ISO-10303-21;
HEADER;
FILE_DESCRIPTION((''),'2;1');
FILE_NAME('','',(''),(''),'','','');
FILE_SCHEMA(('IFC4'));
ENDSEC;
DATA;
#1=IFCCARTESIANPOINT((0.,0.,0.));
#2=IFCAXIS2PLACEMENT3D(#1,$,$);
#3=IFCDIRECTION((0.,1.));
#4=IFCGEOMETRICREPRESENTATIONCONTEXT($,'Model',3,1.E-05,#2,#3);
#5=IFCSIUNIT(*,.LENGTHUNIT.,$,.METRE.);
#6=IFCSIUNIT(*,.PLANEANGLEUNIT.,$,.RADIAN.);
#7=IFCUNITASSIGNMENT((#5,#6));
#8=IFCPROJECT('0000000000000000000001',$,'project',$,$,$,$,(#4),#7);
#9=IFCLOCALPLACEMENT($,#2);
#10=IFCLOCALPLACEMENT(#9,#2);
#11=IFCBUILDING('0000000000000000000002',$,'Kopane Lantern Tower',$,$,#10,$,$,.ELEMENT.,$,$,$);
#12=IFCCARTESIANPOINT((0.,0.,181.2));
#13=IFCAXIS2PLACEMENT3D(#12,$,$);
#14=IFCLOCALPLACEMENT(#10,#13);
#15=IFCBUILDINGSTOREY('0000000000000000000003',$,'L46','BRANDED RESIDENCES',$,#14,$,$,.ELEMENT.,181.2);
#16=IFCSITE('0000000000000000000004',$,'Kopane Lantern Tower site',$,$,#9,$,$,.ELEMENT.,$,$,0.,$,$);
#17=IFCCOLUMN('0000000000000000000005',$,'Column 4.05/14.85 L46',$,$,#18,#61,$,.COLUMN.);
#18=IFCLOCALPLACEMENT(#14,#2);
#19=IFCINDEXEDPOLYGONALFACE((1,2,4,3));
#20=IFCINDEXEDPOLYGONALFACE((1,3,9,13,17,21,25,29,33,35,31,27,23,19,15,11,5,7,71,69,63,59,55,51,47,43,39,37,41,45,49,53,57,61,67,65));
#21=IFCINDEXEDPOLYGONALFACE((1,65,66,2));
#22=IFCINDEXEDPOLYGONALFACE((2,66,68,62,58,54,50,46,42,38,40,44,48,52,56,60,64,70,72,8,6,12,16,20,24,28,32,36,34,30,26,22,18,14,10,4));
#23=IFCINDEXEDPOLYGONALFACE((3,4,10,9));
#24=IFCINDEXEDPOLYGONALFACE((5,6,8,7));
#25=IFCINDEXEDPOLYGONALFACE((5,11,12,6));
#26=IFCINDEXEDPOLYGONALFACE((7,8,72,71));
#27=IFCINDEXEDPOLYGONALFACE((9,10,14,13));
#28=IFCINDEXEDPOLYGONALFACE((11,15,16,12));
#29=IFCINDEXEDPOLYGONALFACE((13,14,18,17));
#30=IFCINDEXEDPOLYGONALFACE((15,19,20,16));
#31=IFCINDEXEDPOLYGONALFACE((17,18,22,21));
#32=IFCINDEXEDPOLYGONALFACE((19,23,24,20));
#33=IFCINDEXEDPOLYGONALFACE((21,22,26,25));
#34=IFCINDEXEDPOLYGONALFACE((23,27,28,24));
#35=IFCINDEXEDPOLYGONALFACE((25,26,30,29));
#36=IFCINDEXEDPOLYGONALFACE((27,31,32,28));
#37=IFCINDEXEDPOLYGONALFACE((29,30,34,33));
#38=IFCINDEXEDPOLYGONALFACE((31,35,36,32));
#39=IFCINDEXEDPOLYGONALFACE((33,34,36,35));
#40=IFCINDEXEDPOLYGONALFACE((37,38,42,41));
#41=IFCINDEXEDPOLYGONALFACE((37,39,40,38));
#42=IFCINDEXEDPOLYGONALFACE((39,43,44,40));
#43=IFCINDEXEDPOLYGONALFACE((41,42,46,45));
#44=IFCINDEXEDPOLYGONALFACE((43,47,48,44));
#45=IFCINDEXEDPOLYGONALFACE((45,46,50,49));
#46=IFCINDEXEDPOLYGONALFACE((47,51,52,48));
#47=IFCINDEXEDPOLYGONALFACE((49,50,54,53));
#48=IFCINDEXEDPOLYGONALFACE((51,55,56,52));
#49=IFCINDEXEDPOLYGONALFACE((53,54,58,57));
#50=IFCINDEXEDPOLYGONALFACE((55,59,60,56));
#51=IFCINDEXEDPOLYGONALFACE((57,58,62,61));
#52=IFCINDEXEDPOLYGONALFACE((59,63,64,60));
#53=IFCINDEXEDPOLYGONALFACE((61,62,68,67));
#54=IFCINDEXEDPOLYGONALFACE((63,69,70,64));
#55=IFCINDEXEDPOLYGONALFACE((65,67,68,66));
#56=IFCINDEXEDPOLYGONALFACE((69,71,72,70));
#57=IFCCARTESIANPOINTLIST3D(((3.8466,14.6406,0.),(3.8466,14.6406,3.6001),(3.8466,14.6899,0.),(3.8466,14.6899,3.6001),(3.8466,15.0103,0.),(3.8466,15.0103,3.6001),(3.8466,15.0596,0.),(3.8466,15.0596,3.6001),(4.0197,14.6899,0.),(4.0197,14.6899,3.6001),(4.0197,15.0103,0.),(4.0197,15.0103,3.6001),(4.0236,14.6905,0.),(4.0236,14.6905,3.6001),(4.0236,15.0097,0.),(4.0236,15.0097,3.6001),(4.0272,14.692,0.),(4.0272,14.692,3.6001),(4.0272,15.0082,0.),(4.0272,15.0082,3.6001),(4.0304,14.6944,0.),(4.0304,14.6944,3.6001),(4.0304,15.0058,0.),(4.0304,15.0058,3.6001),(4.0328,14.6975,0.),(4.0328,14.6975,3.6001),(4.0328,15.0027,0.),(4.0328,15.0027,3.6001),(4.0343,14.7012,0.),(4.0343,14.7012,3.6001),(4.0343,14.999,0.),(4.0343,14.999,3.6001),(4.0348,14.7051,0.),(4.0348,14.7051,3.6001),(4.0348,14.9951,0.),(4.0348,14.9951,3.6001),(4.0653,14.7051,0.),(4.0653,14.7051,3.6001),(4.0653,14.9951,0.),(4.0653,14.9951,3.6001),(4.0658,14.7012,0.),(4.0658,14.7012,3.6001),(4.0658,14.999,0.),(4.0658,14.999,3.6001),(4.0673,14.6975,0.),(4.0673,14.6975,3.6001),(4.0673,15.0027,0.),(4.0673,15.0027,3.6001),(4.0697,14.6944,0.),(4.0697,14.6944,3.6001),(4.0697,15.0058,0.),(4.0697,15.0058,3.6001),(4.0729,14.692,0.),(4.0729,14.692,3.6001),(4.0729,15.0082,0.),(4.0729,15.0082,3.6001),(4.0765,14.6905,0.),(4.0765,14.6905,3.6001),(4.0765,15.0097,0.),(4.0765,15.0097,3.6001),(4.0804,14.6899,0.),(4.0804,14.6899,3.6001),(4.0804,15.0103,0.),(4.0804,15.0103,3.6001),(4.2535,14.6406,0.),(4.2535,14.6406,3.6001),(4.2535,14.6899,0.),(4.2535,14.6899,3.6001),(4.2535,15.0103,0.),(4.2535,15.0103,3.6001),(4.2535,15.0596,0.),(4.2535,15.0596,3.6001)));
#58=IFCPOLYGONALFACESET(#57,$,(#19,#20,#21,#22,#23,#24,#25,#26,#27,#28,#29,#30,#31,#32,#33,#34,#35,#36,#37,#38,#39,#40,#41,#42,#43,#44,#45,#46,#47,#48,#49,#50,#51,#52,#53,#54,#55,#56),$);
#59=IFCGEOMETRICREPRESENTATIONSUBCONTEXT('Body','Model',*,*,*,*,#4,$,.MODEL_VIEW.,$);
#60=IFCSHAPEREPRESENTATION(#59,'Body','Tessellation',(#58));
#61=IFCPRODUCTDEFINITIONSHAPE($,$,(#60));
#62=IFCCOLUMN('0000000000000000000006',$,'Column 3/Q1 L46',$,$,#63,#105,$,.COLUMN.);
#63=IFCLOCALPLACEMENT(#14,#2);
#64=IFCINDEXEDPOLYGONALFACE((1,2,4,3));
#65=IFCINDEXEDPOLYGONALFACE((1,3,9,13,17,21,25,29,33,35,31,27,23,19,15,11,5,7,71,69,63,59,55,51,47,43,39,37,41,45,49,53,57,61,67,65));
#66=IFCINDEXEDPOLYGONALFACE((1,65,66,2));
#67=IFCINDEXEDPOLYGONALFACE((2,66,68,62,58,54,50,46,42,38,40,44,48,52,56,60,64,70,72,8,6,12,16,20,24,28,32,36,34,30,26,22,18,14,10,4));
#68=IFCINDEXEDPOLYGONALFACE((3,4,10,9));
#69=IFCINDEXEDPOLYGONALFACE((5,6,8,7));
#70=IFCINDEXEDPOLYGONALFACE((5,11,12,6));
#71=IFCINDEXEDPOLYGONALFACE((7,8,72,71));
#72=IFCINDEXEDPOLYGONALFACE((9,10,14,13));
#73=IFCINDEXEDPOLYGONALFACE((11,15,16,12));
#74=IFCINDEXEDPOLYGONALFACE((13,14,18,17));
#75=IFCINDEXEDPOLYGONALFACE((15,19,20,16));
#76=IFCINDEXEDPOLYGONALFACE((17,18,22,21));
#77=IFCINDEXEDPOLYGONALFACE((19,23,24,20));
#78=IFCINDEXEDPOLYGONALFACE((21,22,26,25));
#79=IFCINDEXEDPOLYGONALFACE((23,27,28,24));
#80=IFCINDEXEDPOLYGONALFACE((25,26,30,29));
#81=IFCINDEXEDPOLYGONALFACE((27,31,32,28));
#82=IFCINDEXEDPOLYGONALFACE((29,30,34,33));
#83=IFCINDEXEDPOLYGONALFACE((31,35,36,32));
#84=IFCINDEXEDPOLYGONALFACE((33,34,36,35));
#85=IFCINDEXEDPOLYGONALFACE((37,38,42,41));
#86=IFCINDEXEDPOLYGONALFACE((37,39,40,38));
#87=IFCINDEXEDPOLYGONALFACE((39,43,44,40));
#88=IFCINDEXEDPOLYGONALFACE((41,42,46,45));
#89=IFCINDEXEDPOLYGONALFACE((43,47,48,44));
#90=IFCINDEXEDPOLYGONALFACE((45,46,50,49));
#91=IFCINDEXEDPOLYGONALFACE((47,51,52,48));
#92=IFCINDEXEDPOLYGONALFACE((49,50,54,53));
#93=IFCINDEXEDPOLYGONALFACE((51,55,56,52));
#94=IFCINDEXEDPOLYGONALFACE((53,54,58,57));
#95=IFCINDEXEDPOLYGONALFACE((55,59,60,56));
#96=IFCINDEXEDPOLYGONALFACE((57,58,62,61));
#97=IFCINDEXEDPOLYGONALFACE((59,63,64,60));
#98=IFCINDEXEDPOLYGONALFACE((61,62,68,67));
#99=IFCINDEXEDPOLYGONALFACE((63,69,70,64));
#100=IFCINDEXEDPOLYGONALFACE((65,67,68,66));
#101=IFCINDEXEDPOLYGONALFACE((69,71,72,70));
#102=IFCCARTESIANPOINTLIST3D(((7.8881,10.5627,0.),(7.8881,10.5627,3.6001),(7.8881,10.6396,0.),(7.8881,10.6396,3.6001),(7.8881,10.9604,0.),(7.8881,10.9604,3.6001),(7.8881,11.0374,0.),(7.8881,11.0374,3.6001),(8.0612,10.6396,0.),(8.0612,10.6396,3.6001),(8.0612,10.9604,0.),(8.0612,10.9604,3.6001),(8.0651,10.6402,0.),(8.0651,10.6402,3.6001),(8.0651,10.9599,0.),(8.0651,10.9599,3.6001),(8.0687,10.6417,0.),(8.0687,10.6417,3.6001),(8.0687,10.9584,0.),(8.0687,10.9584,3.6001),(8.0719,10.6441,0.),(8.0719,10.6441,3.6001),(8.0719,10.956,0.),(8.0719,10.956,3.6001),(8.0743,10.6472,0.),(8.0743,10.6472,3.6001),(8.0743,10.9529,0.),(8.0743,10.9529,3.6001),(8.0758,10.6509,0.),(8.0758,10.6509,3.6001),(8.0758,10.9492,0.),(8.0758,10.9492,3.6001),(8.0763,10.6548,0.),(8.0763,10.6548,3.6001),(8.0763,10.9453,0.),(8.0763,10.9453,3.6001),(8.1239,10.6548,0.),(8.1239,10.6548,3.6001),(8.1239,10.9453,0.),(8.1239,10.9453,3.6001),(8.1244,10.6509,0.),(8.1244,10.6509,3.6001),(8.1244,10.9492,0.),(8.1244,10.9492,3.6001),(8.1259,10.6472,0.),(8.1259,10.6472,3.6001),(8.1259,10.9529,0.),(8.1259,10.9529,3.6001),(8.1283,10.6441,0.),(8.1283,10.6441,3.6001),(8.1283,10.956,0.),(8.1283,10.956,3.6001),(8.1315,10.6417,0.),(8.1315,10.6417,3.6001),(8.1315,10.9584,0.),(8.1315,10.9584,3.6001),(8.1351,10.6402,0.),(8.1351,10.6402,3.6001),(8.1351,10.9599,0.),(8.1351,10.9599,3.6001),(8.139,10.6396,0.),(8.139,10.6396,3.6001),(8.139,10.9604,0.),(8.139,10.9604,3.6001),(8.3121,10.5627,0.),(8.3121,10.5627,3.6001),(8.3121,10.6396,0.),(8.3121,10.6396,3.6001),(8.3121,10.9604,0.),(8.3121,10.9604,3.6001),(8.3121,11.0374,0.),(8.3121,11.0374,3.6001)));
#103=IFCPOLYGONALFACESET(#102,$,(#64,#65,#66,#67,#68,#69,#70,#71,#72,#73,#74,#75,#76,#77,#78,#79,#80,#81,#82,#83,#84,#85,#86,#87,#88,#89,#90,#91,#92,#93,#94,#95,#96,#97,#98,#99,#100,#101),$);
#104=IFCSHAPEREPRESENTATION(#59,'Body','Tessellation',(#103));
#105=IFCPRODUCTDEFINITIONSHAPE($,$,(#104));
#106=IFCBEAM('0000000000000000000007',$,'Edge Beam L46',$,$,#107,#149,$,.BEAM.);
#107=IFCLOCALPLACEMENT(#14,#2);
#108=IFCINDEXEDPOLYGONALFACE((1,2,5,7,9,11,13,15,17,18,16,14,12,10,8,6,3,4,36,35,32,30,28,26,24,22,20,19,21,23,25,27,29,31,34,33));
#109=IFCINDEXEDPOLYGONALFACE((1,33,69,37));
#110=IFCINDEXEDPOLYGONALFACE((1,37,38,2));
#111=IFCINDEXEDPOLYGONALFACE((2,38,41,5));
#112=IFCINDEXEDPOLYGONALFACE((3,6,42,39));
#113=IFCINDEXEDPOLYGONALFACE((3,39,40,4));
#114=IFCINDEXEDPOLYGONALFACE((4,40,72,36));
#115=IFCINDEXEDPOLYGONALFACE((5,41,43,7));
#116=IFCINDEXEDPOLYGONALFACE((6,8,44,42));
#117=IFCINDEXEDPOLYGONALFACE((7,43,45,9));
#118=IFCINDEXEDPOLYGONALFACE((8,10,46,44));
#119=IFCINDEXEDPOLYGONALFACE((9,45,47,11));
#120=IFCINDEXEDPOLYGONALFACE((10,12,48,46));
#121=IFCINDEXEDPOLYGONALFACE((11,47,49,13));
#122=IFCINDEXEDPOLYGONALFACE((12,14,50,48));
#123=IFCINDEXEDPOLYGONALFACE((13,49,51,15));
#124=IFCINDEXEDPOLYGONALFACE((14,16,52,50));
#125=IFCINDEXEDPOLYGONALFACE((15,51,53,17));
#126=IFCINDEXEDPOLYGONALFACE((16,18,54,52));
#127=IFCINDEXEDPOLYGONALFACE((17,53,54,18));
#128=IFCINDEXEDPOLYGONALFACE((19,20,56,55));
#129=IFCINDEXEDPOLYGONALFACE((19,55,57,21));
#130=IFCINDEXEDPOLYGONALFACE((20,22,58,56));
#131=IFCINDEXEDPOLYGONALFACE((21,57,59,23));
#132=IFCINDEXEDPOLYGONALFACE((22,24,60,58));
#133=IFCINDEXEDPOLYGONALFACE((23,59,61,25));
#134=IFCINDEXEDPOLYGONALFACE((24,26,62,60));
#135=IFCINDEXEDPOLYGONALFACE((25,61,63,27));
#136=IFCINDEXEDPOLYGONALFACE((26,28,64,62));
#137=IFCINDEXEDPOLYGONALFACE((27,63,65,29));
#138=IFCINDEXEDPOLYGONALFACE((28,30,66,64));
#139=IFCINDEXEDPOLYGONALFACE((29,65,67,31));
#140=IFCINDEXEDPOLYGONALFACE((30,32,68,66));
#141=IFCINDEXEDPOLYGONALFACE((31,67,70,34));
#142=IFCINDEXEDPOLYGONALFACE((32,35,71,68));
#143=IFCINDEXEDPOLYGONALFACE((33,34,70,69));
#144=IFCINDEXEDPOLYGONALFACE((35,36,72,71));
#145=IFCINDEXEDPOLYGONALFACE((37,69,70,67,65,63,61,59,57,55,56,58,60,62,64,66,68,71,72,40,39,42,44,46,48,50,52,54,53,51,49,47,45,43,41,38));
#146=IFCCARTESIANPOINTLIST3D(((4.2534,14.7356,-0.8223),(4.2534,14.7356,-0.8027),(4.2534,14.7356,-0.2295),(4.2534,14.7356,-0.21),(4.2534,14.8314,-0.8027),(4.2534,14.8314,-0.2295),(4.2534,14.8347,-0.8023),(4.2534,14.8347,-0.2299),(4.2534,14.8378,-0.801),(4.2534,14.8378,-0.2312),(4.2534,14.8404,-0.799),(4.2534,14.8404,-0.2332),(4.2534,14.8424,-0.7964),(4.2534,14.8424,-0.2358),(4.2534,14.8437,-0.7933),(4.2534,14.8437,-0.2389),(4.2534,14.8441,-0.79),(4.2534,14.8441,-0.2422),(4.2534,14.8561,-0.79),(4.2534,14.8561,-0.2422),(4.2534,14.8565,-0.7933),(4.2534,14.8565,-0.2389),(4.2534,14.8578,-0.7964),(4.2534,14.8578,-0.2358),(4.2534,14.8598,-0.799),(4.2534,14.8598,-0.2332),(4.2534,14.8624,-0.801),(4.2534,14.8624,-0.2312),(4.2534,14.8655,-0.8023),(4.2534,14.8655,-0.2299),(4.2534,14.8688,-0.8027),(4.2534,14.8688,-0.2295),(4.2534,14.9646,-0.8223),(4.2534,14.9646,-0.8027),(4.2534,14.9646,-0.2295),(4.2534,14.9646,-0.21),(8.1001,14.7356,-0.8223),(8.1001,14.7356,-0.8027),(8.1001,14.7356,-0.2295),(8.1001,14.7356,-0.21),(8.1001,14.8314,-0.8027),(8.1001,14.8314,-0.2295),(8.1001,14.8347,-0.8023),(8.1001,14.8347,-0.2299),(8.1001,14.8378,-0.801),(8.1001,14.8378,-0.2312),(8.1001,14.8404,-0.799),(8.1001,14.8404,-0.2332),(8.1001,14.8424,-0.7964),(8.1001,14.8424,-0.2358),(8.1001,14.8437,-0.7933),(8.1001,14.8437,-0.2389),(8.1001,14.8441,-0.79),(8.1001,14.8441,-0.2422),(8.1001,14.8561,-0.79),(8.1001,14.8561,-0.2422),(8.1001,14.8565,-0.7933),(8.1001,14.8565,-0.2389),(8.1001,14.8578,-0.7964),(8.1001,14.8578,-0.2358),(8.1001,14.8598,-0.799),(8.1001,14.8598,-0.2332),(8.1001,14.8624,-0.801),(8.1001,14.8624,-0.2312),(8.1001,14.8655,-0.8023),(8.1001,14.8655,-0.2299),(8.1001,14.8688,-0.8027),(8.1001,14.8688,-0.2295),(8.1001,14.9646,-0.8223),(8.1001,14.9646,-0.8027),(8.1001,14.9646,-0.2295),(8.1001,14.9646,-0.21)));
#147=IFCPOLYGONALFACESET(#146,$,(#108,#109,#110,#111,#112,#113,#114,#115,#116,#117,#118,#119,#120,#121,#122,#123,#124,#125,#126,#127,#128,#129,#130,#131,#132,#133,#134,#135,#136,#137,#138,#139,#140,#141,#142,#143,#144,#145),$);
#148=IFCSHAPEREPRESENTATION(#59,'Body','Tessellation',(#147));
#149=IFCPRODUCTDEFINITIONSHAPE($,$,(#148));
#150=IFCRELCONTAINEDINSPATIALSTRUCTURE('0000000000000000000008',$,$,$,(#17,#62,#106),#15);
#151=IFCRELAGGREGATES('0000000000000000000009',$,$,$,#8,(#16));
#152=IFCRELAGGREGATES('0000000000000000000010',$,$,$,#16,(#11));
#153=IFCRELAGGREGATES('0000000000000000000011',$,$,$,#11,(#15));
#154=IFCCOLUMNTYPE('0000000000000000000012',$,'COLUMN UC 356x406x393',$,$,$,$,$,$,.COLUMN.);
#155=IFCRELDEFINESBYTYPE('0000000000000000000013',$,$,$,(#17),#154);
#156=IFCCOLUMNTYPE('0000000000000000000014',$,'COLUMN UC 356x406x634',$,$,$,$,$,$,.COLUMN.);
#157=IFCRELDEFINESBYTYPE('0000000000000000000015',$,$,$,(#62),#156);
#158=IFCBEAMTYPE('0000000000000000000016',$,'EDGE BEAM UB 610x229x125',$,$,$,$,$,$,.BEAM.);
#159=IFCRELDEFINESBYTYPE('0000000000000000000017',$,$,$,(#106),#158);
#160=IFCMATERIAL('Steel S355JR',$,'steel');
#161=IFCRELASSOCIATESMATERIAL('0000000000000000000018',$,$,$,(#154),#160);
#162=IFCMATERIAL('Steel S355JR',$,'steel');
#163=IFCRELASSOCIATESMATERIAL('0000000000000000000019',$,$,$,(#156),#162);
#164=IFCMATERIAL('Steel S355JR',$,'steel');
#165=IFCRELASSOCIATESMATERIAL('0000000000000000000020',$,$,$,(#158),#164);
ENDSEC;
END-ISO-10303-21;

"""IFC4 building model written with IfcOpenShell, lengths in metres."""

from ifc_helpers import new_model, si_unit, direction, frame, origin, origin_2d, place, context, subcontext, project, spatial, i_section, extrude, material, material_profile, profile_set, type_object, element, save


model = new_model("IFC4")

# Units and contexts
model_context = context("Model", 3, precision=1e-05, world=origin(), true_north=direction((0.0, 1.0)))
body_context = subcontext(model_context, "Body", "Model", "MODEL_VIEW")
ifc_project = project(units=[si_unit("LENGTHUNIT", "METRE"), si_unit("PLANEANGLEUNIT", "RADIAN")], contexts=[model_context])

# Site, building, storey
site_placement = place(None, origin())
site = spatial("IfcSite", under=ifc_project, at=site_placement, Name="Kopane Lantern Tower site", CompositionType="ELEMENT", RefElevation=0.0)
building_placement = place(site_placement, origin())
building = spatial("IfcBuilding", under=site, at=building_placement, Name="Kopane Lantern Tower", CompositionType="ELEMENT")
storey_placement = place(building_placement, frame((0.0, 0.0, 181.2)))
storey = spatial("IfcBuildingStorey", under=building, at=storey_placement, Name="L46", Description="BRANDED RESIDENCES", CompositionType="ELEMENT", Elevation=181.2)

# Columns
ifc_material_1 = material(Name="Steel S355JR", Category="steel")
ifc_material_profile_1 = material_profile(ifc_material_1, i_section(OverallWidth=0.407, OverallDepth=0.4189, WebThickness=0.0305, FlangeThickness=0.0493, FilletRadius=0.0151, at=origin_2d()), Name="UC 356x406x393")
ifc_profile_set_1 = profile_set([ifc_material_profile_1], Name="Steel S355JR")
column_type_1 = type_object("IfcColumnType", Name="COLUMN UC 356x406x393", PredefinedType="COLUMN", material=ifc_profile_set_1)
column_1_placement = place(storey_placement, frame((4.05, 14.8501, 0.0), z_axis=(0.0, 0.0, 1.0), x_axis=(1.0, 0.0, 0.0)))
element("IfcColumn", 1, at=column_1_placement, inside=storey, type_object=column_type_1, Name="Column 4.05/14.85 L46", PredefinedType="COLUMN", context=body_context, shape_type="SweptSolid", body=[
    extrude(i_section(OverallWidth=0.407, OverallDepth=0.4189, WebThickness=0.0305, FlangeThickness=0.0493, FilletRadius=0.0151, at=origin_2d()), origin(), (0.0, 0.0, 1.0), 3.6001),
])
ifc_material_2 = material(Name="Steel S355JR", Category="steel")
ifc_material_profile_2 = material_profile(ifc_material_2, i_section(OverallWidth=0.4241, OverallDepth=0.4746, WebThickness=0.0476, FlangeThickness=0.0769, FilletRadius=0.0151, at=origin_2d()), Name="UC 356x406x634")
ifc_profile_set_2 = profile_set([ifc_material_profile_2], Name="Steel S355JR")
column_type_2 = type_object("IfcColumnType", Name="COLUMN UC 356x406x634", PredefinedType="COLUMN", material=ifc_profile_set_2)
column_2_placement = place(storey_placement, frame((8.1001, 10.8, 0.0), z_axis=(0.0, 0.0, 1.0), x_axis=(1.0, 0.0, 0.0)))
element("IfcColumn", 2, at=column_2_placement, inside=storey, type_object=column_type_2, Name="Column 3/Q1 L46", PredefinedType="COLUMN", context=body_context, shape_type="SweptSolid", body=[
    extrude(i_section(OverallWidth=0.4241, OverallDepth=0.4746, WebThickness=0.0476, FlangeThickness=0.0769, FilletRadius=0.0151, at=origin_2d()), origin(), (0.0, 0.0, 1.0), 3.6001),
])

# Beam
ifc_material_3 = material(Name="Steel S355JR", Category="steel")
ifc_material_profile_3 = material_profile(ifc_material_3, i_section(OverallWidth=0.229, OverallDepth=0.6123, WebThickness=0.012, FlangeThickness=0.0195, FilletRadius=0.0127, at=origin_2d()), Name="UB 610x229x125")
ifc_profile_set_3 = profile_set([ifc_material_profile_3], Name="Steel S355JR")
beam_type_1 = type_object("IfcBeamType", Name="EDGE BEAM UB 610x229x125", PredefinedType="BEAM", material=ifc_profile_set_3)
beam_placement = place(storey_placement, frame((4.2534, 14.8501, -0.5161), z_axis=(1.0, 0.0, 0.0), x_axis=(0.0, 1.0, 0.0)))
element("IfcBeam", 3, at=beam_placement, inside=storey, type_object=beam_type_1, Name="Edge Beam L46", PredefinedType="BEAM", context=body_context, shape_type="SweptSolid", body=[
    extrude(i_section(OverallWidth=0.229, OverallDepth=0.6123, WebThickness=0.012, FlangeThickness=0.0195, FilletRadius=0.0127, at=origin_2d()), origin(), (0.0, 0.0, 1.0), 3.8467),
])

save(model, "model.ifc")
